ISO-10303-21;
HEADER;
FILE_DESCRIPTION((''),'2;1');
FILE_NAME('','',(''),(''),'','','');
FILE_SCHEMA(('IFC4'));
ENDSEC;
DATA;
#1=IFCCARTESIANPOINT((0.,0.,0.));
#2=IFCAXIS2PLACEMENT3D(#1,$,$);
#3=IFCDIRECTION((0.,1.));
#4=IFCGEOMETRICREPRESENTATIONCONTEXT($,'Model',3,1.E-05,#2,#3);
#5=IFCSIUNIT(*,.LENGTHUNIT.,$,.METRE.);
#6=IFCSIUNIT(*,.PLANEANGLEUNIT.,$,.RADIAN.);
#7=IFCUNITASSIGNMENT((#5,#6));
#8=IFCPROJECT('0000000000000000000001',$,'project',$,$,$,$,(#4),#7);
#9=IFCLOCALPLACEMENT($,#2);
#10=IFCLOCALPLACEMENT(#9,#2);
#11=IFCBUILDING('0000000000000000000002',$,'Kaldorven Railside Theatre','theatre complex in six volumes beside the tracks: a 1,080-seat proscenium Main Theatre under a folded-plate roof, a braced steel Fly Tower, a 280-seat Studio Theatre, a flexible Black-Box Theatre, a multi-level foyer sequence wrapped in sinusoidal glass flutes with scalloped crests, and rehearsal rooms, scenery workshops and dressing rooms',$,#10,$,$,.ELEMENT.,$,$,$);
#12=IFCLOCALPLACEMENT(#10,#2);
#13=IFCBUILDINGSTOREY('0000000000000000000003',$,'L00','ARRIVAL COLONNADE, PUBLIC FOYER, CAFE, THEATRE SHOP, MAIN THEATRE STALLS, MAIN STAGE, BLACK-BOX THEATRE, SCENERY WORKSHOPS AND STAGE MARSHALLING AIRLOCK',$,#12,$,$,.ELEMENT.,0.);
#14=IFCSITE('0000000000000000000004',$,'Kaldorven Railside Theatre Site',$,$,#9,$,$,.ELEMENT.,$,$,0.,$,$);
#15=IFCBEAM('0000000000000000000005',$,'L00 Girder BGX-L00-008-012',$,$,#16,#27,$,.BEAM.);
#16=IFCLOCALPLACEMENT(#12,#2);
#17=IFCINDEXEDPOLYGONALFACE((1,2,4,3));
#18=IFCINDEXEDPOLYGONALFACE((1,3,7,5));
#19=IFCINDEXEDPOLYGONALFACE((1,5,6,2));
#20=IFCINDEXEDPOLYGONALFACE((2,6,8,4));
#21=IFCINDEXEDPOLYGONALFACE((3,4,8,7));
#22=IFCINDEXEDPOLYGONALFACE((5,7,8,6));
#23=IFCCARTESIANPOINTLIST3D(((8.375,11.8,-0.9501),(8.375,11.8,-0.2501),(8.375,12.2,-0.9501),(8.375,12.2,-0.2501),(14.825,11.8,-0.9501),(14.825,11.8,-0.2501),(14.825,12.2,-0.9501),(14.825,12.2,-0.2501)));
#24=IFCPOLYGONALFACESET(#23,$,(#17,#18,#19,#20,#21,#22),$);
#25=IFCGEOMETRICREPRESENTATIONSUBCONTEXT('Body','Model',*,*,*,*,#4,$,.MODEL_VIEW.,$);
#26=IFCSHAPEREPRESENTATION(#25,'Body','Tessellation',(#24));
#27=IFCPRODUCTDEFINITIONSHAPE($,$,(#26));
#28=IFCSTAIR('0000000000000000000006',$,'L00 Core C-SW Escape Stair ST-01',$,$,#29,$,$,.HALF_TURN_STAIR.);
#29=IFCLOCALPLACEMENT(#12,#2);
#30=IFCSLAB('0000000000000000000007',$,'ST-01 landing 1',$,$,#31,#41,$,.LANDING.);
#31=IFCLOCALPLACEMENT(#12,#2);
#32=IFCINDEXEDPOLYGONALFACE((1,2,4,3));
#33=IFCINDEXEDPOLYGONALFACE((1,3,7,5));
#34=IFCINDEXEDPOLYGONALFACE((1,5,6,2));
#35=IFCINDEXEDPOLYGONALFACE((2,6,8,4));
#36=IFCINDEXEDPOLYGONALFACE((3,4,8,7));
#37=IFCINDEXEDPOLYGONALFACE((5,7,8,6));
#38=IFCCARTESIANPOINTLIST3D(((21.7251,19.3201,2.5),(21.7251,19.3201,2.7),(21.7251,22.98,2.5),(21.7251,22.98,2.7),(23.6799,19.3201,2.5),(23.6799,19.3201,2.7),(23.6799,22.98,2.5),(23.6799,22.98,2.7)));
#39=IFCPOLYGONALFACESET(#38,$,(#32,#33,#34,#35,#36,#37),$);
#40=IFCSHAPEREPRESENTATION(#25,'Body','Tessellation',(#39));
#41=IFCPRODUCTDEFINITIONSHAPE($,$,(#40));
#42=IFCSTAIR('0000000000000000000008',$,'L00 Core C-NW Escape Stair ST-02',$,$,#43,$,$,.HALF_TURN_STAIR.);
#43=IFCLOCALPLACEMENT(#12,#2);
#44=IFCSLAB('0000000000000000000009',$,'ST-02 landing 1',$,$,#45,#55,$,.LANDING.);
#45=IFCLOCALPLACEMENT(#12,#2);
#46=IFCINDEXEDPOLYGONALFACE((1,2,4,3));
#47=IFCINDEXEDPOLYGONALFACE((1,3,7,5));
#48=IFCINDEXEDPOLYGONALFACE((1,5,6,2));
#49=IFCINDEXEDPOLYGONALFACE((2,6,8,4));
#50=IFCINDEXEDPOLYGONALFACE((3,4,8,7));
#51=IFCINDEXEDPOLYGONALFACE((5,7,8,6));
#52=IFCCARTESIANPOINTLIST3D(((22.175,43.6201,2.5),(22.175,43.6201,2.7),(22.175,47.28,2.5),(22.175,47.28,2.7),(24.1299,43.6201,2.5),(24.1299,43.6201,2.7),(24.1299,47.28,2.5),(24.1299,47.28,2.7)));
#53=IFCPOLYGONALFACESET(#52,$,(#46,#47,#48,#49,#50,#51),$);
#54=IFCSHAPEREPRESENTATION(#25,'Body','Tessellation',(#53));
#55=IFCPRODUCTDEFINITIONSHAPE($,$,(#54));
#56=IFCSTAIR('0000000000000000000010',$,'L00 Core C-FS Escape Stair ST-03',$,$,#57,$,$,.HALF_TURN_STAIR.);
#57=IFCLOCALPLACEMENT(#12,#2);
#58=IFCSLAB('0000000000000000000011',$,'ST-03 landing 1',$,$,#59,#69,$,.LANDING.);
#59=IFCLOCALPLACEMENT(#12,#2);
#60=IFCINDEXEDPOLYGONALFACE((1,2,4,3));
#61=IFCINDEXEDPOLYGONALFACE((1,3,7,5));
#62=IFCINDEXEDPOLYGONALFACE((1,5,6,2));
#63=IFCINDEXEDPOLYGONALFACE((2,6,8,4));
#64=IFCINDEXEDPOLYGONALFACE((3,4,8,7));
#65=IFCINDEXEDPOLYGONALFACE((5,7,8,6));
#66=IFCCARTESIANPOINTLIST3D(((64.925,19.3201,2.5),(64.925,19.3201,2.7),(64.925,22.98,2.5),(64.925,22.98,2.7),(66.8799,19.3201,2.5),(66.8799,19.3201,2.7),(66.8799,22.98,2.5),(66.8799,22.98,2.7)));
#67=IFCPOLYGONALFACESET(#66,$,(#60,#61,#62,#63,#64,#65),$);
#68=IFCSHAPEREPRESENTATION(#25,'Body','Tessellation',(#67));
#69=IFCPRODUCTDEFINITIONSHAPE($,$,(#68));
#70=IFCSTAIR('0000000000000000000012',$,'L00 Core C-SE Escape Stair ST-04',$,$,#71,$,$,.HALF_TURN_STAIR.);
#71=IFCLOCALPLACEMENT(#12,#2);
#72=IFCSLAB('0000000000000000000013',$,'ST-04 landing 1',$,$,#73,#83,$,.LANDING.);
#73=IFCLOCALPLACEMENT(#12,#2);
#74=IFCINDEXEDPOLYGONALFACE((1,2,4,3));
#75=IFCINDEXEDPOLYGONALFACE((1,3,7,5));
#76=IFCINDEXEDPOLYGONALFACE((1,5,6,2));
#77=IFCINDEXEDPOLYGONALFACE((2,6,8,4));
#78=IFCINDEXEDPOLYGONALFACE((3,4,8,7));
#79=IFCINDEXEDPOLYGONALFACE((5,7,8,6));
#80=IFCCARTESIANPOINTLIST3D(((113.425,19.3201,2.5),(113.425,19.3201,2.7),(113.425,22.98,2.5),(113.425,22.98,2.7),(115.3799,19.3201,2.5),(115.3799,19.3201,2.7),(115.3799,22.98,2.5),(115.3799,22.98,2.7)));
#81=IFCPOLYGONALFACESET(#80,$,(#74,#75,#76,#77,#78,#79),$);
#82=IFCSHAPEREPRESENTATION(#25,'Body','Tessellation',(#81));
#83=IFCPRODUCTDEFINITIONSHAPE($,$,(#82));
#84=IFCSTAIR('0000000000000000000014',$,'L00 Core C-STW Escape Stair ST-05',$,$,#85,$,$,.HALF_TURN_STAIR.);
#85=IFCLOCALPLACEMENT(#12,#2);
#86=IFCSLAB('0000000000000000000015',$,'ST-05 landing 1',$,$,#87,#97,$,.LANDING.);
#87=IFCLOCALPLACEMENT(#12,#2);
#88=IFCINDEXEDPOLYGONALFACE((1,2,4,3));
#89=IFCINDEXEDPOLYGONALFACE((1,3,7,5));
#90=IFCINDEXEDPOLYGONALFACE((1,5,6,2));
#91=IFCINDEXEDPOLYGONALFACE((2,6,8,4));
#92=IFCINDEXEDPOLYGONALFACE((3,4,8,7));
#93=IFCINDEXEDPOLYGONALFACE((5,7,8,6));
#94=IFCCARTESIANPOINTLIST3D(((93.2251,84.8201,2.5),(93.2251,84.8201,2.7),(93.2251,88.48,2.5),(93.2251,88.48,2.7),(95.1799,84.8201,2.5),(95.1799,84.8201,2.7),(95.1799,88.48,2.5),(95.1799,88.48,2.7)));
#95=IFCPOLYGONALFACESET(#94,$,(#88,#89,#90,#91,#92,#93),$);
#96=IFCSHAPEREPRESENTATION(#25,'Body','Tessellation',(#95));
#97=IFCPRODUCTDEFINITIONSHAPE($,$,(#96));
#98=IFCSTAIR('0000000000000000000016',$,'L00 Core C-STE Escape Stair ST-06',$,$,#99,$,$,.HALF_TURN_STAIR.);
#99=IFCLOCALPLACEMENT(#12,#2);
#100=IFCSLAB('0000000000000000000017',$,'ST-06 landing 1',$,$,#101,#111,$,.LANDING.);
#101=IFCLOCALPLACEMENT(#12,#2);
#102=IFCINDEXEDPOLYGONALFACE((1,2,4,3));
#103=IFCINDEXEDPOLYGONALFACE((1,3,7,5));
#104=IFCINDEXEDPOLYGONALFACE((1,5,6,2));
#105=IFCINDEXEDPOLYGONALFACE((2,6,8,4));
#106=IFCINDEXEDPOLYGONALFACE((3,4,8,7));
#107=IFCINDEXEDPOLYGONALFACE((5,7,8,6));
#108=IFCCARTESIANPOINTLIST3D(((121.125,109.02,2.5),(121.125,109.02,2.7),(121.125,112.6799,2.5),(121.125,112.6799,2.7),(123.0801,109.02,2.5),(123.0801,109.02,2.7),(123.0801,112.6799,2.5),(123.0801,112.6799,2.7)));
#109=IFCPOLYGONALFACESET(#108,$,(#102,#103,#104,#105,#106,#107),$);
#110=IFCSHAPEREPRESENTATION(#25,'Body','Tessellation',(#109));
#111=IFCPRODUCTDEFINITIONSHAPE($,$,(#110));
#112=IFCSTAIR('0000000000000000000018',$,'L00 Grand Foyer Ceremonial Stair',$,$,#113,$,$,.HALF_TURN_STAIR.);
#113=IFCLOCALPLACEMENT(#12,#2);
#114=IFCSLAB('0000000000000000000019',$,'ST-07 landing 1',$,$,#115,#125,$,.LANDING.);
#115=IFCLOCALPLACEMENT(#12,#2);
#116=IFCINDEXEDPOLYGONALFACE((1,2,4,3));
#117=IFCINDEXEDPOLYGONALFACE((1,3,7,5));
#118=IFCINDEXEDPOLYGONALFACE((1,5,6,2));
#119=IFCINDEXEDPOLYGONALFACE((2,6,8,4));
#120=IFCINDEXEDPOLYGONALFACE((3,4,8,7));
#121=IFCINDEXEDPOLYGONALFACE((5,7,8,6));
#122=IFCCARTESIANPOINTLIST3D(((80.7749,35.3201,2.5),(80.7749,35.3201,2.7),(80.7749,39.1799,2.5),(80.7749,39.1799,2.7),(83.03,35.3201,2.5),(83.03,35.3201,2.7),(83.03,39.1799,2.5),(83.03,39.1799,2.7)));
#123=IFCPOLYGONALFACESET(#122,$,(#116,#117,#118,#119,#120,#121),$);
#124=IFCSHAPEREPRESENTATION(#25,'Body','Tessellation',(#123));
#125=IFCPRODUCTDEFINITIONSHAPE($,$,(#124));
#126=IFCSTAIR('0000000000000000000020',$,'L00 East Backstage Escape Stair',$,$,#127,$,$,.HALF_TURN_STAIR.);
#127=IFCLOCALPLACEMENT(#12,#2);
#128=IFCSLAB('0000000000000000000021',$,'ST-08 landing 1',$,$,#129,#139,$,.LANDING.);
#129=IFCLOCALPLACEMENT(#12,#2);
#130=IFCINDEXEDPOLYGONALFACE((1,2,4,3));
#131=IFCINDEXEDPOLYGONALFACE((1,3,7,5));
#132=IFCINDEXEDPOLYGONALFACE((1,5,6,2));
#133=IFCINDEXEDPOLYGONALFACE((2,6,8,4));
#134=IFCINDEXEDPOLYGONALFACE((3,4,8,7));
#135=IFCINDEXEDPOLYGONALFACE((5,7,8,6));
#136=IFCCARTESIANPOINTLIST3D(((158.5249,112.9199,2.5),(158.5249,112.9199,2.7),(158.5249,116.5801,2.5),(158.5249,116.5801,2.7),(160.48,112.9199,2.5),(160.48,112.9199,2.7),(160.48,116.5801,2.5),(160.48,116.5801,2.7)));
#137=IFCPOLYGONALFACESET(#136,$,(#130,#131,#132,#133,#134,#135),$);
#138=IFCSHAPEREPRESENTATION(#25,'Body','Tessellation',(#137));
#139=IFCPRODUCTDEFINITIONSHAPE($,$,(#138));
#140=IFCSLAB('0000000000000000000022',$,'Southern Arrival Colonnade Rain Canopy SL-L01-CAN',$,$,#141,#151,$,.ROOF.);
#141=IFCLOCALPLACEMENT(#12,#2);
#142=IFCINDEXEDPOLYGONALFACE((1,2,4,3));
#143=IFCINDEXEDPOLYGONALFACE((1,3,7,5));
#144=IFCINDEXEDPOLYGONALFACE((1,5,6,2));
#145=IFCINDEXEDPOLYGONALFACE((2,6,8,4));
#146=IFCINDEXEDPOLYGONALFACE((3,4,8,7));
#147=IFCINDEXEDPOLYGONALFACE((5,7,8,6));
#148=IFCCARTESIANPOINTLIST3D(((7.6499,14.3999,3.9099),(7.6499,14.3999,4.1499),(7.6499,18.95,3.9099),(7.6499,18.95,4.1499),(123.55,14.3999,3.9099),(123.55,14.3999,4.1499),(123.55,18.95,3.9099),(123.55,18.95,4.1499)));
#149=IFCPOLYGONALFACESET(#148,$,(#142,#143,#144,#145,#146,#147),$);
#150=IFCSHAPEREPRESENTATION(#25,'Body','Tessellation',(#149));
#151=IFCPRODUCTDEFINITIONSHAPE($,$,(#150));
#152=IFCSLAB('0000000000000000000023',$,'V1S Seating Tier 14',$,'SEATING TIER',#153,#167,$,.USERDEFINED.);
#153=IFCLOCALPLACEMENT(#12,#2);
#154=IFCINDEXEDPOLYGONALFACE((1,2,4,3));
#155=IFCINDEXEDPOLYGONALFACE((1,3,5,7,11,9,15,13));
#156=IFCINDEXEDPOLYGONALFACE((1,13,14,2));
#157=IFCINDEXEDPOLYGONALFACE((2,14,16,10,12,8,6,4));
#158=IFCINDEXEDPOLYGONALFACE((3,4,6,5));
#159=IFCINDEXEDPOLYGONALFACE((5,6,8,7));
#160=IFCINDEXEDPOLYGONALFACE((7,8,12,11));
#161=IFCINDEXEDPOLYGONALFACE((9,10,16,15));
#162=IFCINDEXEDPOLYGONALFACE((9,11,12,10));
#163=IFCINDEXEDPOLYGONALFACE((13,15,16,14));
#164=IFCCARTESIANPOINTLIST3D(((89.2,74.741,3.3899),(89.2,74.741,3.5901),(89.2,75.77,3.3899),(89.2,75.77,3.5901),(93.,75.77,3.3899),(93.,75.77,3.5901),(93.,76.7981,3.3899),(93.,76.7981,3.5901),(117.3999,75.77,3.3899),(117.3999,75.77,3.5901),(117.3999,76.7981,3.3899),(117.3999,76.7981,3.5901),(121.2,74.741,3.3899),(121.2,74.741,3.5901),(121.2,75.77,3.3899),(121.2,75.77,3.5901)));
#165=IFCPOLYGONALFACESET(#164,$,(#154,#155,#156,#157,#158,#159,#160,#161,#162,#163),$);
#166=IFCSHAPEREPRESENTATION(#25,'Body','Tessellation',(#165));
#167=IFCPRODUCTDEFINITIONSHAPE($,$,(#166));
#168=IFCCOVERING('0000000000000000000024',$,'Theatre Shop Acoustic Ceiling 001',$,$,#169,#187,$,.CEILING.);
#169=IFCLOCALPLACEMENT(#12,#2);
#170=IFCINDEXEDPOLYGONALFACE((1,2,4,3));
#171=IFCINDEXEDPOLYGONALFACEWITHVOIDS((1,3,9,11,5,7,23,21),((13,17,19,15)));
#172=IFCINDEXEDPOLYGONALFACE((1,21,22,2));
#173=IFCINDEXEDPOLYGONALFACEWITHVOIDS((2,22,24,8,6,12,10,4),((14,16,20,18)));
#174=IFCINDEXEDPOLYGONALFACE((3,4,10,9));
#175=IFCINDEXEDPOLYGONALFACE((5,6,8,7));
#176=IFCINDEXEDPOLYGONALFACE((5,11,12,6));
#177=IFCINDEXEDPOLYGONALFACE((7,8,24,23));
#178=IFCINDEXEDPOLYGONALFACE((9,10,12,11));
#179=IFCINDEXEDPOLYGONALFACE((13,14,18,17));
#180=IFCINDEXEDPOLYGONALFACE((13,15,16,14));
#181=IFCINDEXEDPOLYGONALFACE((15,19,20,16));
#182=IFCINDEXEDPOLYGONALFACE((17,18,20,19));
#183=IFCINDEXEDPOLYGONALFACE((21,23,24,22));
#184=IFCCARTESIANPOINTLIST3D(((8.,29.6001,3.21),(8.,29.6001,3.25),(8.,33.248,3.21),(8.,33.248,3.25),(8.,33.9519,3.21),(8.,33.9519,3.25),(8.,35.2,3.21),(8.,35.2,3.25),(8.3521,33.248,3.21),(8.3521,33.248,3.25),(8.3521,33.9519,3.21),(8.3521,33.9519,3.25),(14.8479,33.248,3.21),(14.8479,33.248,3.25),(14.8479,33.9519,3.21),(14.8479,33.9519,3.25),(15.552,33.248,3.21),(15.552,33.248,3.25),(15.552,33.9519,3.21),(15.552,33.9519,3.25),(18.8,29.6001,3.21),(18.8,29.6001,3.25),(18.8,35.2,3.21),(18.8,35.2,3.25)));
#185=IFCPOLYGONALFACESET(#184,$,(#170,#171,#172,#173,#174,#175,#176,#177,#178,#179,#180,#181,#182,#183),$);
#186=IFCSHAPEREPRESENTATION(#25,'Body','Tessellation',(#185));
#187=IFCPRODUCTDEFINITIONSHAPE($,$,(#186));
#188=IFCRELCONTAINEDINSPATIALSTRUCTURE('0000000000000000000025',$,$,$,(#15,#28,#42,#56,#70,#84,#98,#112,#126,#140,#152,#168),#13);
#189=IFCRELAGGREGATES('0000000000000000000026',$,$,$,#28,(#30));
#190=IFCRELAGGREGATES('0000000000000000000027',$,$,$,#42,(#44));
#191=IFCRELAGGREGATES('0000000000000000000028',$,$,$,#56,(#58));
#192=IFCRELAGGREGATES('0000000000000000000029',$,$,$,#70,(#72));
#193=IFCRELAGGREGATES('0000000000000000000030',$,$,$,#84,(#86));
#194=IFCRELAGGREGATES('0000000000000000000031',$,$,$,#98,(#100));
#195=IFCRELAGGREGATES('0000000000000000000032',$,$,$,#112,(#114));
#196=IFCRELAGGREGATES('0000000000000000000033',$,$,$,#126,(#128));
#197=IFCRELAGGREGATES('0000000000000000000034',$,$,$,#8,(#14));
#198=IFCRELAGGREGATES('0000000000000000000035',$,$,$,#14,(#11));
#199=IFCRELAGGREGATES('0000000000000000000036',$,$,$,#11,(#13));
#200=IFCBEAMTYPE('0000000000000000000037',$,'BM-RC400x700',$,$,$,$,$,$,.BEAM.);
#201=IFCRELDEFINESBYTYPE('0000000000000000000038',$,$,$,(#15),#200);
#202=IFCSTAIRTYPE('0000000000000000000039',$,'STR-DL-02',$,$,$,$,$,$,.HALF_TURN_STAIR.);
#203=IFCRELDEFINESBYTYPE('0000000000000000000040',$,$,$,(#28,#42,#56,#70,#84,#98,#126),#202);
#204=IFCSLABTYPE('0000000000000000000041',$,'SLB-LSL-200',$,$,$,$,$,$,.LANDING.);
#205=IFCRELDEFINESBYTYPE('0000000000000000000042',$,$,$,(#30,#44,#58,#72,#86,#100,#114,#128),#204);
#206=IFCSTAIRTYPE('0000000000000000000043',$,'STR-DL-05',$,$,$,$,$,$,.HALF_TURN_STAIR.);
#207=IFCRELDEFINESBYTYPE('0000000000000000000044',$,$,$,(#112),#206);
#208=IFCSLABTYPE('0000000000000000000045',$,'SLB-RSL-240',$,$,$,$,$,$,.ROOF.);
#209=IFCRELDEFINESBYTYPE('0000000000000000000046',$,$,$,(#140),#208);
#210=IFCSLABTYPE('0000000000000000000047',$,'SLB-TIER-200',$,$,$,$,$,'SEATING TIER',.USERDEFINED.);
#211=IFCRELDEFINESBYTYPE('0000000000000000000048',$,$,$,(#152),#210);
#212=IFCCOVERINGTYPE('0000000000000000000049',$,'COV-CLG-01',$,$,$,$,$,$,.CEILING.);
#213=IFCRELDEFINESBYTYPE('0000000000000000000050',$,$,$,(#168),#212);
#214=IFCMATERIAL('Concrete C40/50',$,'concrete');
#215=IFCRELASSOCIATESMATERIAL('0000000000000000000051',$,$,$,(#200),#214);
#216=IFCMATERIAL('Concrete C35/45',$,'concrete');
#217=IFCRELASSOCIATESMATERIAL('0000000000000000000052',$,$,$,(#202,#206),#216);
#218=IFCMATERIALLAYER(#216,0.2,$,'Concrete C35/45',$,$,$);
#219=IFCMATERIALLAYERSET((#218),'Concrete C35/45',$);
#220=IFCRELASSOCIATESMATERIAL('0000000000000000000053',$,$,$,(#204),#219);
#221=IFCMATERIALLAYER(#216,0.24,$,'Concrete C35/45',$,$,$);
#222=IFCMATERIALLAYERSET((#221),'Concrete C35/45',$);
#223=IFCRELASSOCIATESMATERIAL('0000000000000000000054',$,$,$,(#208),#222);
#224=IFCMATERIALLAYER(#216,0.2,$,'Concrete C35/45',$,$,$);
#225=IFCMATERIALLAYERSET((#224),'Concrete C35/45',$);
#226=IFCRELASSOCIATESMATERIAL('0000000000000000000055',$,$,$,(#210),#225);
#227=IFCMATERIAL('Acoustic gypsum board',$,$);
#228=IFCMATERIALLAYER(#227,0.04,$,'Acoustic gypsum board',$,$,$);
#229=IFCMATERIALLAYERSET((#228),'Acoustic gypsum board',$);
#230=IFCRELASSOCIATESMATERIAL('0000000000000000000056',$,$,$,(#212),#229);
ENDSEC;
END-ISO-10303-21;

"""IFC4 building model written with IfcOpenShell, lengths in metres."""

from ifc_helpers import new_model, si_unit, direction, frame, origin, origin_2d, place, context, subcontext, project, spatial, polyline, rectangle, outline, extrude, material, layer, layer_set, material_profile, profile_set, type_object, element, aggregate, save


model = new_model("IFC4")

# Units and contexts
model_context = context("Model", 3, precision=1e-05, world=origin(), true_north=direction((0.0, 1.0)))
body_context = subcontext(model_context, "Body", "Model", "MODEL_VIEW")
ifc_project = project(units=[si_unit("LENGTHUNIT", "METRE"), si_unit("PLANEANGLEUNIT", "RADIAN")], contexts=[model_context])

# Site, building, storey
site_placement = place(None, origin())
site = spatial("IfcSite", under=ifc_project, at=site_placement, Name="Kaldorven Railside Theatre Site", CompositionType="ELEMENT", RefElevation=0.0)
building_placement = place(site_placement, origin())
building = spatial("IfcBuilding", under=site, at=building_placement, Name="Kaldorven Railside Theatre", Description="theatre complex in six volumes beside the tracks: a 1,080-seat proscenium Main Theatre under a folded-plate roof, a braced steel Fly Tower, a 280-seat Studio Theatre, a flexible Black-Box Theatre, a multi-level foyer sequence wrapped in sinusoidal glass flutes with scalloped crests, and rehearsal rooms, scenery workshops and dressing rooms", CompositionType="ELEMENT")
storey_placement = place(building_placement, origin())
storey = spatial("IfcBuildingStorey", under=building, at=storey_placement, Name="L00", Description="ARRIVAL COLONNADE, PUBLIC FOYER, CAFE, THEATRE SHOP, MAIN THEATRE STALLS, MAIN STAGE, BLACK-BOX THEATRE, SCENERY WORKSHOPS AND STAGE MARSHALLING AIRLOCK", CompositionType="ELEMENT", Elevation=0.0)

# Beam
ifc_material_1 = material(Name="Concrete C40/50", Category="concrete")
ifc_material_profile = material_profile(ifc_material_1, rectangle(XDim=0.3999, YDim=0.7, at=origin_2d()), Name="RC 400x700")
ifc_profile_set = profile_set([ifc_material_profile], Name="Concrete C40/50")
beam_type = type_object("IfcBeamType", Name="BM-RC400x700", PredefinedType="BEAM", material=ifc_profile_set)
beam_placement = place(storey_placement, frame((8.375, 12.0, -0.6001), z_axis=(1.0, 0.0, 0.0), x_axis=(0.0, 1.0, 0.0)))
element("IfcBeam", 1, at=beam_placement, inside=storey, type_object=beam_type, Name="L00 Girder BGX-L00-008-012", PredefinedType="BEAM", context=body_context, shape_type="SweptSolid", body=[
    extrude(rectangle(XDim=0.3999, YDim=0.7, at=origin_2d()), origin(), (0.0, 0.0, 1.0), 6.45),
])

# Stairs, slabs
ifc_material_2 = material(Name="Concrete C35/45", Category="concrete")
stair_type_1 = type_object("IfcStairType", Name="STR-DL-02", PredefinedType="HALF_TURN_STAIR", material=ifc_material_2)
stair_1_placement = place(storey_placement, origin())
stair_1 = element("IfcStair", 2, at=stair_1_placement, inside=storey, type_object=stair_type_1, Name="L00 Core C-SW Escape Stair ST-01", PredefinedType="HALF_TURN_STAIR")
ifc_layer_1 = layer(ifc_material_2, 0.2, Name="Concrete C35/45")
ifc_layer_set_1 = layer_set([ifc_layer_1], Name="Concrete C35/45")
slab_type_1 = type_object("IfcSlabType", Name="SLB-LSL-200", PredefinedType="LANDING", material=ifc_layer_set_1)
slab_1_placement = place(storey_placement, frame((0.0, 0.0, 2.5)))
slab_1 = element("IfcSlab", 3, at=slab_1_placement, type_object=slab_type_1, Name="ST-01 landing 1", PredefinedType="LANDING", context=body_context, shape_type="SweptSolid", body=[
    extrude(outline(polyline([(21.7251, 19.3201), (23.6799, 19.3201), (23.6799, 22.98), (21.7251, 22.98), (21.7251, 19.3201)])), origin(), (0.0, 0.0, 1.0), 0.2),
])
aggregate(stair_1, [slab_1])
stair_2_placement = place(storey_placement, origin())
stair_2 = element("IfcStair", 4, at=stair_2_placement, inside=storey, type_object=stair_type_1, Name="L00 Core C-NW Escape Stair ST-02", PredefinedType="HALF_TURN_STAIR")
slab_2_placement = place(storey_placement, frame((0.0, 0.0, 2.5)))
slab_2 = element("IfcSlab", 5, at=slab_2_placement, type_object=slab_type_1, Name="ST-02 landing 1", PredefinedType="LANDING", context=body_context, shape_type="SweptSolid", body=[
    extrude(outline(polyline([(22.175, 43.6201), (24.1299, 43.6201), (24.1299, 47.28), (22.175, 47.28), (22.175, 43.6201)])), origin(), (0.0, 0.0, 1.0), 0.2),
])
aggregate(stair_2, [slab_2])
stair_3_placement = place(storey_placement, origin())
stair_3 = element("IfcStair", 6, at=stair_3_placement, inside=storey, type_object=stair_type_1, Name="L00 Core C-FS Escape Stair ST-03", PredefinedType="HALF_TURN_STAIR")
slab_3_placement = place(storey_placement, frame((0.0, 0.0, 2.5)))
slab_3 = element("IfcSlab", 7, at=slab_3_placement, type_object=slab_type_1, Name="ST-03 landing 1", PredefinedType="LANDING", context=body_context, shape_type="SweptSolid", body=[
    extrude(outline(polyline([(64.925, 19.3201), (66.8799, 19.3201), (66.8799, 22.98), (64.925, 22.98), (64.925, 19.3201)])), origin(), (0.0, 0.0, 1.0), 0.2),
])
aggregate(stair_3, [slab_3])
stair_4_placement = place(storey_placement, origin())
stair_4 = element("IfcStair", 8, at=stair_4_placement, inside=storey, type_object=stair_type_1, Name="L00 Core C-SE Escape Stair ST-04", PredefinedType="HALF_TURN_STAIR")
slab_4_placement = place(storey_placement, frame((0.0, 0.0, 2.5)))
slab_4 = element("IfcSlab", 9, at=slab_4_placement, type_object=slab_type_1, Name="ST-04 landing 1", PredefinedType="LANDING", context=body_context, shape_type="SweptSolid", body=[
    extrude(outline(polyline([(113.425, 19.3201), (115.3799, 19.3201), (115.3799, 22.98), (113.425, 22.98), (113.425, 19.3201)])), origin(), (0.0, 0.0, 1.0), 0.2),
])
aggregate(stair_4, [slab_4])
stair_5_placement = place(storey_placement, origin())
stair_5 = element("IfcStair", 10, at=stair_5_placement, inside=storey, type_object=stair_type_1, Name="L00 Core C-STW Escape Stair ST-05", PredefinedType="HALF_TURN_STAIR")
slab_5_placement = place(storey_placement, frame((0.0, 0.0, 2.5)))
slab_5 = element("IfcSlab", 11, at=slab_5_placement, type_object=slab_type_1, Name="ST-05 landing 1", PredefinedType="LANDING", context=body_context, shape_type="SweptSolid", body=[
    extrude(outline(polyline([(93.2251, 84.8201), (95.1799, 84.8201), (95.1799, 88.48), (93.2251, 88.48), (93.2251, 84.8201)])), origin(), (0.0, 0.0, 1.0), 0.2),
])
aggregate(stair_5, [slab_5])
stair_6_placement = place(storey_placement, origin())
stair_6 = element("IfcStair", 12, at=stair_6_placement, inside=storey, type_object=stair_type_1, Name="L00 Core C-STE Escape Stair ST-06", PredefinedType="HALF_TURN_STAIR")
slab_6_placement = place(storey_placement, frame((0.0, 0.0, 2.5)))
slab_6 = element("IfcSlab", 13, at=slab_6_placement, type_object=slab_type_1, Name="ST-06 landing 1", PredefinedType="LANDING", context=body_context, shape_type="SweptSolid", body=[
    extrude(outline(polyline([(121.125, 109.02), (123.0801, 109.02), (123.0801, 112.6799), (121.125, 112.6799), (121.125, 109.02)])), origin(), (0.0, 0.0, 1.0), 0.2),
])
aggregate(stair_6, [slab_6])
stair_type_2 = type_object("IfcStairType", Name="STR-DL-05", PredefinedType="HALF_TURN_STAIR", material=ifc_material_2)
stair_7_placement = place(storey_placement, origin())
stair_7 = element("IfcStair", 14, at=stair_7_placement, inside=storey, type_object=stair_type_2, Name="L00 Grand Foyer Ceremonial Stair", PredefinedType="HALF_TURN_STAIR")
slab_7_placement = place(storey_placement, frame((0.0, 0.0, 2.5)))
slab_7 = element("IfcSlab", 15, at=slab_7_placement, type_object=slab_type_1, Name="ST-07 landing 1", PredefinedType="LANDING", context=body_context, shape_type="SweptSolid", body=[
    extrude(outline(polyline([(80.7749, 35.3201), (83.03, 35.3201), (83.03, 39.1799), (80.7749, 39.1799), (80.7749, 35.3201)])), origin(), (0.0, 0.0, 1.0), 0.2),
])
aggregate(stair_7, [slab_7])
stair_8_placement = place(storey_placement, origin())
stair_8 = element("IfcStair", 16, at=stair_8_placement, inside=storey, type_object=stair_type_1, Name="L00 East Backstage Escape Stair", PredefinedType="HALF_TURN_STAIR")
slab_8_placement = place(storey_placement, frame((0.0, 0.0, 2.5)))
slab_8 = element("IfcSlab", 17, at=slab_8_placement, type_object=slab_type_1, Name="ST-08 landing 1", PredefinedType="LANDING", context=body_context, shape_type="SweptSolid", body=[
    extrude(outline(polyline([(158.5249, 112.9199), (160.48, 112.9199), (160.48, 116.5801), (158.5249, 116.5801), (158.5249, 112.9199)])), origin(), (0.0, 0.0, 1.0), 0.2),
])
aggregate(stair_8, [slab_8])

# Slabs
ifc_layer_2 = layer(ifc_material_2, 0.24, Name="Concrete C35/45")
ifc_layer_set_2 = layer_set([ifc_layer_2], Name="Concrete C35/45")
slab_type_2 = type_object("IfcSlabType", Name="SLB-RSL-240", PredefinedType="ROOF", material=ifc_layer_set_2)
slab_9_placement = place(storey_placement, frame((0.0, 0.0, 3.9099)))
element("IfcSlab", 18, at=slab_9_placement, inside=storey, type_object=slab_type_2, Name="Southern Arrival Colonnade Rain Canopy SL-L01-CAN", PredefinedType="ROOF", context=body_context, shape_type="SweptSolid", body=[
    extrude(outline(polyline([(7.6499, 14.3999), (123.55, 14.3999), (123.55, 18.95), (7.6499, 18.95), (7.6499, 14.3999)])), origin(), (0.0, 0.0, 1.0), 0.24),
])
ifc_layer_3 = layer(ifc_material_2, 0.2, Name="Concrete C35/45")
ifc_layer_set_3 = layer_set([ifc_layer_3], Name="Concrete C35/45")
slab_type_3 = type_object("IfcSlabType", Name="SLB-TIER-200", ElementType="SEATING TIER", PredefinedType="USERDEFINED", material=ifc_layer_set_3)
slab_10_placement = place(storey_placement, frame((0.0, 0.0, 3.3899)))
element("IfcSlab", 19, at=slab_10_placement, inside=storey, type_object=slab_type_3, Name="V1S Seating Tier 14", ObjectType="SEATING TIER", PredefinedType="USERDEFINED", context=body_context, shape_type="SweptSolid", body=[
    extrude(outline(polyline([(89.2, 74.741), (121.2, 74.741), (121.2, 75.77), (117.3999, 75.77), (117.3999, 76.7981), (93.0, 76.7981), (93.0, 75.77), (89.2, 75.77), (89.2, 74.741)])), origin(), (0.0, 0.0, 1.0), 0.2002),
])

# Covering
ifc_material_3 = material(Name="Acoustic gypsum board")
ifc_layer_4 = layer(ifc_material_3, 0.04, Name="Acoustic gypsum board")
ifc_layer_set_4 = layer_set([ifc_layer_4], Name="Acoustic gypsum board")
covering_type_1 = type_object("IfcCoveringType", Name="COV-CLG-01", PredefinedType="CEILING", material=ifc_layer_set_4)
covering_1_placement = place(storey_placement, frame((0.0, 0.0, 3.21)))
element("IfcCovering", 20, at=covering_1_placement, inside=storey, type_object=covering_type_1, Name="Theatre Shop Acoustic Ceiling 001", PredefinedType="CEILING", context=body_context, shape_type="SweptSolid", body=[
    extrude(outline(polyline([(8.0, 35.2), (18.8, 35.2), (18.8, 29.6001), (8.0, 29.6001), (8.0, 33.248), (8.3521, 33.248), (8.3521, 33.9519), (8.0, 33.9519), (8.0, 35.2)]), holes=[polyline([(15.552, 33.9519), (14.8479, 33.9519), (14.8479, 33.248), (15.552, 33.248), (15.552, 33.9519)])]), origin(), (0.0, 0.0, 1.0), 0.04),
])

save(model, "model.ifc")
